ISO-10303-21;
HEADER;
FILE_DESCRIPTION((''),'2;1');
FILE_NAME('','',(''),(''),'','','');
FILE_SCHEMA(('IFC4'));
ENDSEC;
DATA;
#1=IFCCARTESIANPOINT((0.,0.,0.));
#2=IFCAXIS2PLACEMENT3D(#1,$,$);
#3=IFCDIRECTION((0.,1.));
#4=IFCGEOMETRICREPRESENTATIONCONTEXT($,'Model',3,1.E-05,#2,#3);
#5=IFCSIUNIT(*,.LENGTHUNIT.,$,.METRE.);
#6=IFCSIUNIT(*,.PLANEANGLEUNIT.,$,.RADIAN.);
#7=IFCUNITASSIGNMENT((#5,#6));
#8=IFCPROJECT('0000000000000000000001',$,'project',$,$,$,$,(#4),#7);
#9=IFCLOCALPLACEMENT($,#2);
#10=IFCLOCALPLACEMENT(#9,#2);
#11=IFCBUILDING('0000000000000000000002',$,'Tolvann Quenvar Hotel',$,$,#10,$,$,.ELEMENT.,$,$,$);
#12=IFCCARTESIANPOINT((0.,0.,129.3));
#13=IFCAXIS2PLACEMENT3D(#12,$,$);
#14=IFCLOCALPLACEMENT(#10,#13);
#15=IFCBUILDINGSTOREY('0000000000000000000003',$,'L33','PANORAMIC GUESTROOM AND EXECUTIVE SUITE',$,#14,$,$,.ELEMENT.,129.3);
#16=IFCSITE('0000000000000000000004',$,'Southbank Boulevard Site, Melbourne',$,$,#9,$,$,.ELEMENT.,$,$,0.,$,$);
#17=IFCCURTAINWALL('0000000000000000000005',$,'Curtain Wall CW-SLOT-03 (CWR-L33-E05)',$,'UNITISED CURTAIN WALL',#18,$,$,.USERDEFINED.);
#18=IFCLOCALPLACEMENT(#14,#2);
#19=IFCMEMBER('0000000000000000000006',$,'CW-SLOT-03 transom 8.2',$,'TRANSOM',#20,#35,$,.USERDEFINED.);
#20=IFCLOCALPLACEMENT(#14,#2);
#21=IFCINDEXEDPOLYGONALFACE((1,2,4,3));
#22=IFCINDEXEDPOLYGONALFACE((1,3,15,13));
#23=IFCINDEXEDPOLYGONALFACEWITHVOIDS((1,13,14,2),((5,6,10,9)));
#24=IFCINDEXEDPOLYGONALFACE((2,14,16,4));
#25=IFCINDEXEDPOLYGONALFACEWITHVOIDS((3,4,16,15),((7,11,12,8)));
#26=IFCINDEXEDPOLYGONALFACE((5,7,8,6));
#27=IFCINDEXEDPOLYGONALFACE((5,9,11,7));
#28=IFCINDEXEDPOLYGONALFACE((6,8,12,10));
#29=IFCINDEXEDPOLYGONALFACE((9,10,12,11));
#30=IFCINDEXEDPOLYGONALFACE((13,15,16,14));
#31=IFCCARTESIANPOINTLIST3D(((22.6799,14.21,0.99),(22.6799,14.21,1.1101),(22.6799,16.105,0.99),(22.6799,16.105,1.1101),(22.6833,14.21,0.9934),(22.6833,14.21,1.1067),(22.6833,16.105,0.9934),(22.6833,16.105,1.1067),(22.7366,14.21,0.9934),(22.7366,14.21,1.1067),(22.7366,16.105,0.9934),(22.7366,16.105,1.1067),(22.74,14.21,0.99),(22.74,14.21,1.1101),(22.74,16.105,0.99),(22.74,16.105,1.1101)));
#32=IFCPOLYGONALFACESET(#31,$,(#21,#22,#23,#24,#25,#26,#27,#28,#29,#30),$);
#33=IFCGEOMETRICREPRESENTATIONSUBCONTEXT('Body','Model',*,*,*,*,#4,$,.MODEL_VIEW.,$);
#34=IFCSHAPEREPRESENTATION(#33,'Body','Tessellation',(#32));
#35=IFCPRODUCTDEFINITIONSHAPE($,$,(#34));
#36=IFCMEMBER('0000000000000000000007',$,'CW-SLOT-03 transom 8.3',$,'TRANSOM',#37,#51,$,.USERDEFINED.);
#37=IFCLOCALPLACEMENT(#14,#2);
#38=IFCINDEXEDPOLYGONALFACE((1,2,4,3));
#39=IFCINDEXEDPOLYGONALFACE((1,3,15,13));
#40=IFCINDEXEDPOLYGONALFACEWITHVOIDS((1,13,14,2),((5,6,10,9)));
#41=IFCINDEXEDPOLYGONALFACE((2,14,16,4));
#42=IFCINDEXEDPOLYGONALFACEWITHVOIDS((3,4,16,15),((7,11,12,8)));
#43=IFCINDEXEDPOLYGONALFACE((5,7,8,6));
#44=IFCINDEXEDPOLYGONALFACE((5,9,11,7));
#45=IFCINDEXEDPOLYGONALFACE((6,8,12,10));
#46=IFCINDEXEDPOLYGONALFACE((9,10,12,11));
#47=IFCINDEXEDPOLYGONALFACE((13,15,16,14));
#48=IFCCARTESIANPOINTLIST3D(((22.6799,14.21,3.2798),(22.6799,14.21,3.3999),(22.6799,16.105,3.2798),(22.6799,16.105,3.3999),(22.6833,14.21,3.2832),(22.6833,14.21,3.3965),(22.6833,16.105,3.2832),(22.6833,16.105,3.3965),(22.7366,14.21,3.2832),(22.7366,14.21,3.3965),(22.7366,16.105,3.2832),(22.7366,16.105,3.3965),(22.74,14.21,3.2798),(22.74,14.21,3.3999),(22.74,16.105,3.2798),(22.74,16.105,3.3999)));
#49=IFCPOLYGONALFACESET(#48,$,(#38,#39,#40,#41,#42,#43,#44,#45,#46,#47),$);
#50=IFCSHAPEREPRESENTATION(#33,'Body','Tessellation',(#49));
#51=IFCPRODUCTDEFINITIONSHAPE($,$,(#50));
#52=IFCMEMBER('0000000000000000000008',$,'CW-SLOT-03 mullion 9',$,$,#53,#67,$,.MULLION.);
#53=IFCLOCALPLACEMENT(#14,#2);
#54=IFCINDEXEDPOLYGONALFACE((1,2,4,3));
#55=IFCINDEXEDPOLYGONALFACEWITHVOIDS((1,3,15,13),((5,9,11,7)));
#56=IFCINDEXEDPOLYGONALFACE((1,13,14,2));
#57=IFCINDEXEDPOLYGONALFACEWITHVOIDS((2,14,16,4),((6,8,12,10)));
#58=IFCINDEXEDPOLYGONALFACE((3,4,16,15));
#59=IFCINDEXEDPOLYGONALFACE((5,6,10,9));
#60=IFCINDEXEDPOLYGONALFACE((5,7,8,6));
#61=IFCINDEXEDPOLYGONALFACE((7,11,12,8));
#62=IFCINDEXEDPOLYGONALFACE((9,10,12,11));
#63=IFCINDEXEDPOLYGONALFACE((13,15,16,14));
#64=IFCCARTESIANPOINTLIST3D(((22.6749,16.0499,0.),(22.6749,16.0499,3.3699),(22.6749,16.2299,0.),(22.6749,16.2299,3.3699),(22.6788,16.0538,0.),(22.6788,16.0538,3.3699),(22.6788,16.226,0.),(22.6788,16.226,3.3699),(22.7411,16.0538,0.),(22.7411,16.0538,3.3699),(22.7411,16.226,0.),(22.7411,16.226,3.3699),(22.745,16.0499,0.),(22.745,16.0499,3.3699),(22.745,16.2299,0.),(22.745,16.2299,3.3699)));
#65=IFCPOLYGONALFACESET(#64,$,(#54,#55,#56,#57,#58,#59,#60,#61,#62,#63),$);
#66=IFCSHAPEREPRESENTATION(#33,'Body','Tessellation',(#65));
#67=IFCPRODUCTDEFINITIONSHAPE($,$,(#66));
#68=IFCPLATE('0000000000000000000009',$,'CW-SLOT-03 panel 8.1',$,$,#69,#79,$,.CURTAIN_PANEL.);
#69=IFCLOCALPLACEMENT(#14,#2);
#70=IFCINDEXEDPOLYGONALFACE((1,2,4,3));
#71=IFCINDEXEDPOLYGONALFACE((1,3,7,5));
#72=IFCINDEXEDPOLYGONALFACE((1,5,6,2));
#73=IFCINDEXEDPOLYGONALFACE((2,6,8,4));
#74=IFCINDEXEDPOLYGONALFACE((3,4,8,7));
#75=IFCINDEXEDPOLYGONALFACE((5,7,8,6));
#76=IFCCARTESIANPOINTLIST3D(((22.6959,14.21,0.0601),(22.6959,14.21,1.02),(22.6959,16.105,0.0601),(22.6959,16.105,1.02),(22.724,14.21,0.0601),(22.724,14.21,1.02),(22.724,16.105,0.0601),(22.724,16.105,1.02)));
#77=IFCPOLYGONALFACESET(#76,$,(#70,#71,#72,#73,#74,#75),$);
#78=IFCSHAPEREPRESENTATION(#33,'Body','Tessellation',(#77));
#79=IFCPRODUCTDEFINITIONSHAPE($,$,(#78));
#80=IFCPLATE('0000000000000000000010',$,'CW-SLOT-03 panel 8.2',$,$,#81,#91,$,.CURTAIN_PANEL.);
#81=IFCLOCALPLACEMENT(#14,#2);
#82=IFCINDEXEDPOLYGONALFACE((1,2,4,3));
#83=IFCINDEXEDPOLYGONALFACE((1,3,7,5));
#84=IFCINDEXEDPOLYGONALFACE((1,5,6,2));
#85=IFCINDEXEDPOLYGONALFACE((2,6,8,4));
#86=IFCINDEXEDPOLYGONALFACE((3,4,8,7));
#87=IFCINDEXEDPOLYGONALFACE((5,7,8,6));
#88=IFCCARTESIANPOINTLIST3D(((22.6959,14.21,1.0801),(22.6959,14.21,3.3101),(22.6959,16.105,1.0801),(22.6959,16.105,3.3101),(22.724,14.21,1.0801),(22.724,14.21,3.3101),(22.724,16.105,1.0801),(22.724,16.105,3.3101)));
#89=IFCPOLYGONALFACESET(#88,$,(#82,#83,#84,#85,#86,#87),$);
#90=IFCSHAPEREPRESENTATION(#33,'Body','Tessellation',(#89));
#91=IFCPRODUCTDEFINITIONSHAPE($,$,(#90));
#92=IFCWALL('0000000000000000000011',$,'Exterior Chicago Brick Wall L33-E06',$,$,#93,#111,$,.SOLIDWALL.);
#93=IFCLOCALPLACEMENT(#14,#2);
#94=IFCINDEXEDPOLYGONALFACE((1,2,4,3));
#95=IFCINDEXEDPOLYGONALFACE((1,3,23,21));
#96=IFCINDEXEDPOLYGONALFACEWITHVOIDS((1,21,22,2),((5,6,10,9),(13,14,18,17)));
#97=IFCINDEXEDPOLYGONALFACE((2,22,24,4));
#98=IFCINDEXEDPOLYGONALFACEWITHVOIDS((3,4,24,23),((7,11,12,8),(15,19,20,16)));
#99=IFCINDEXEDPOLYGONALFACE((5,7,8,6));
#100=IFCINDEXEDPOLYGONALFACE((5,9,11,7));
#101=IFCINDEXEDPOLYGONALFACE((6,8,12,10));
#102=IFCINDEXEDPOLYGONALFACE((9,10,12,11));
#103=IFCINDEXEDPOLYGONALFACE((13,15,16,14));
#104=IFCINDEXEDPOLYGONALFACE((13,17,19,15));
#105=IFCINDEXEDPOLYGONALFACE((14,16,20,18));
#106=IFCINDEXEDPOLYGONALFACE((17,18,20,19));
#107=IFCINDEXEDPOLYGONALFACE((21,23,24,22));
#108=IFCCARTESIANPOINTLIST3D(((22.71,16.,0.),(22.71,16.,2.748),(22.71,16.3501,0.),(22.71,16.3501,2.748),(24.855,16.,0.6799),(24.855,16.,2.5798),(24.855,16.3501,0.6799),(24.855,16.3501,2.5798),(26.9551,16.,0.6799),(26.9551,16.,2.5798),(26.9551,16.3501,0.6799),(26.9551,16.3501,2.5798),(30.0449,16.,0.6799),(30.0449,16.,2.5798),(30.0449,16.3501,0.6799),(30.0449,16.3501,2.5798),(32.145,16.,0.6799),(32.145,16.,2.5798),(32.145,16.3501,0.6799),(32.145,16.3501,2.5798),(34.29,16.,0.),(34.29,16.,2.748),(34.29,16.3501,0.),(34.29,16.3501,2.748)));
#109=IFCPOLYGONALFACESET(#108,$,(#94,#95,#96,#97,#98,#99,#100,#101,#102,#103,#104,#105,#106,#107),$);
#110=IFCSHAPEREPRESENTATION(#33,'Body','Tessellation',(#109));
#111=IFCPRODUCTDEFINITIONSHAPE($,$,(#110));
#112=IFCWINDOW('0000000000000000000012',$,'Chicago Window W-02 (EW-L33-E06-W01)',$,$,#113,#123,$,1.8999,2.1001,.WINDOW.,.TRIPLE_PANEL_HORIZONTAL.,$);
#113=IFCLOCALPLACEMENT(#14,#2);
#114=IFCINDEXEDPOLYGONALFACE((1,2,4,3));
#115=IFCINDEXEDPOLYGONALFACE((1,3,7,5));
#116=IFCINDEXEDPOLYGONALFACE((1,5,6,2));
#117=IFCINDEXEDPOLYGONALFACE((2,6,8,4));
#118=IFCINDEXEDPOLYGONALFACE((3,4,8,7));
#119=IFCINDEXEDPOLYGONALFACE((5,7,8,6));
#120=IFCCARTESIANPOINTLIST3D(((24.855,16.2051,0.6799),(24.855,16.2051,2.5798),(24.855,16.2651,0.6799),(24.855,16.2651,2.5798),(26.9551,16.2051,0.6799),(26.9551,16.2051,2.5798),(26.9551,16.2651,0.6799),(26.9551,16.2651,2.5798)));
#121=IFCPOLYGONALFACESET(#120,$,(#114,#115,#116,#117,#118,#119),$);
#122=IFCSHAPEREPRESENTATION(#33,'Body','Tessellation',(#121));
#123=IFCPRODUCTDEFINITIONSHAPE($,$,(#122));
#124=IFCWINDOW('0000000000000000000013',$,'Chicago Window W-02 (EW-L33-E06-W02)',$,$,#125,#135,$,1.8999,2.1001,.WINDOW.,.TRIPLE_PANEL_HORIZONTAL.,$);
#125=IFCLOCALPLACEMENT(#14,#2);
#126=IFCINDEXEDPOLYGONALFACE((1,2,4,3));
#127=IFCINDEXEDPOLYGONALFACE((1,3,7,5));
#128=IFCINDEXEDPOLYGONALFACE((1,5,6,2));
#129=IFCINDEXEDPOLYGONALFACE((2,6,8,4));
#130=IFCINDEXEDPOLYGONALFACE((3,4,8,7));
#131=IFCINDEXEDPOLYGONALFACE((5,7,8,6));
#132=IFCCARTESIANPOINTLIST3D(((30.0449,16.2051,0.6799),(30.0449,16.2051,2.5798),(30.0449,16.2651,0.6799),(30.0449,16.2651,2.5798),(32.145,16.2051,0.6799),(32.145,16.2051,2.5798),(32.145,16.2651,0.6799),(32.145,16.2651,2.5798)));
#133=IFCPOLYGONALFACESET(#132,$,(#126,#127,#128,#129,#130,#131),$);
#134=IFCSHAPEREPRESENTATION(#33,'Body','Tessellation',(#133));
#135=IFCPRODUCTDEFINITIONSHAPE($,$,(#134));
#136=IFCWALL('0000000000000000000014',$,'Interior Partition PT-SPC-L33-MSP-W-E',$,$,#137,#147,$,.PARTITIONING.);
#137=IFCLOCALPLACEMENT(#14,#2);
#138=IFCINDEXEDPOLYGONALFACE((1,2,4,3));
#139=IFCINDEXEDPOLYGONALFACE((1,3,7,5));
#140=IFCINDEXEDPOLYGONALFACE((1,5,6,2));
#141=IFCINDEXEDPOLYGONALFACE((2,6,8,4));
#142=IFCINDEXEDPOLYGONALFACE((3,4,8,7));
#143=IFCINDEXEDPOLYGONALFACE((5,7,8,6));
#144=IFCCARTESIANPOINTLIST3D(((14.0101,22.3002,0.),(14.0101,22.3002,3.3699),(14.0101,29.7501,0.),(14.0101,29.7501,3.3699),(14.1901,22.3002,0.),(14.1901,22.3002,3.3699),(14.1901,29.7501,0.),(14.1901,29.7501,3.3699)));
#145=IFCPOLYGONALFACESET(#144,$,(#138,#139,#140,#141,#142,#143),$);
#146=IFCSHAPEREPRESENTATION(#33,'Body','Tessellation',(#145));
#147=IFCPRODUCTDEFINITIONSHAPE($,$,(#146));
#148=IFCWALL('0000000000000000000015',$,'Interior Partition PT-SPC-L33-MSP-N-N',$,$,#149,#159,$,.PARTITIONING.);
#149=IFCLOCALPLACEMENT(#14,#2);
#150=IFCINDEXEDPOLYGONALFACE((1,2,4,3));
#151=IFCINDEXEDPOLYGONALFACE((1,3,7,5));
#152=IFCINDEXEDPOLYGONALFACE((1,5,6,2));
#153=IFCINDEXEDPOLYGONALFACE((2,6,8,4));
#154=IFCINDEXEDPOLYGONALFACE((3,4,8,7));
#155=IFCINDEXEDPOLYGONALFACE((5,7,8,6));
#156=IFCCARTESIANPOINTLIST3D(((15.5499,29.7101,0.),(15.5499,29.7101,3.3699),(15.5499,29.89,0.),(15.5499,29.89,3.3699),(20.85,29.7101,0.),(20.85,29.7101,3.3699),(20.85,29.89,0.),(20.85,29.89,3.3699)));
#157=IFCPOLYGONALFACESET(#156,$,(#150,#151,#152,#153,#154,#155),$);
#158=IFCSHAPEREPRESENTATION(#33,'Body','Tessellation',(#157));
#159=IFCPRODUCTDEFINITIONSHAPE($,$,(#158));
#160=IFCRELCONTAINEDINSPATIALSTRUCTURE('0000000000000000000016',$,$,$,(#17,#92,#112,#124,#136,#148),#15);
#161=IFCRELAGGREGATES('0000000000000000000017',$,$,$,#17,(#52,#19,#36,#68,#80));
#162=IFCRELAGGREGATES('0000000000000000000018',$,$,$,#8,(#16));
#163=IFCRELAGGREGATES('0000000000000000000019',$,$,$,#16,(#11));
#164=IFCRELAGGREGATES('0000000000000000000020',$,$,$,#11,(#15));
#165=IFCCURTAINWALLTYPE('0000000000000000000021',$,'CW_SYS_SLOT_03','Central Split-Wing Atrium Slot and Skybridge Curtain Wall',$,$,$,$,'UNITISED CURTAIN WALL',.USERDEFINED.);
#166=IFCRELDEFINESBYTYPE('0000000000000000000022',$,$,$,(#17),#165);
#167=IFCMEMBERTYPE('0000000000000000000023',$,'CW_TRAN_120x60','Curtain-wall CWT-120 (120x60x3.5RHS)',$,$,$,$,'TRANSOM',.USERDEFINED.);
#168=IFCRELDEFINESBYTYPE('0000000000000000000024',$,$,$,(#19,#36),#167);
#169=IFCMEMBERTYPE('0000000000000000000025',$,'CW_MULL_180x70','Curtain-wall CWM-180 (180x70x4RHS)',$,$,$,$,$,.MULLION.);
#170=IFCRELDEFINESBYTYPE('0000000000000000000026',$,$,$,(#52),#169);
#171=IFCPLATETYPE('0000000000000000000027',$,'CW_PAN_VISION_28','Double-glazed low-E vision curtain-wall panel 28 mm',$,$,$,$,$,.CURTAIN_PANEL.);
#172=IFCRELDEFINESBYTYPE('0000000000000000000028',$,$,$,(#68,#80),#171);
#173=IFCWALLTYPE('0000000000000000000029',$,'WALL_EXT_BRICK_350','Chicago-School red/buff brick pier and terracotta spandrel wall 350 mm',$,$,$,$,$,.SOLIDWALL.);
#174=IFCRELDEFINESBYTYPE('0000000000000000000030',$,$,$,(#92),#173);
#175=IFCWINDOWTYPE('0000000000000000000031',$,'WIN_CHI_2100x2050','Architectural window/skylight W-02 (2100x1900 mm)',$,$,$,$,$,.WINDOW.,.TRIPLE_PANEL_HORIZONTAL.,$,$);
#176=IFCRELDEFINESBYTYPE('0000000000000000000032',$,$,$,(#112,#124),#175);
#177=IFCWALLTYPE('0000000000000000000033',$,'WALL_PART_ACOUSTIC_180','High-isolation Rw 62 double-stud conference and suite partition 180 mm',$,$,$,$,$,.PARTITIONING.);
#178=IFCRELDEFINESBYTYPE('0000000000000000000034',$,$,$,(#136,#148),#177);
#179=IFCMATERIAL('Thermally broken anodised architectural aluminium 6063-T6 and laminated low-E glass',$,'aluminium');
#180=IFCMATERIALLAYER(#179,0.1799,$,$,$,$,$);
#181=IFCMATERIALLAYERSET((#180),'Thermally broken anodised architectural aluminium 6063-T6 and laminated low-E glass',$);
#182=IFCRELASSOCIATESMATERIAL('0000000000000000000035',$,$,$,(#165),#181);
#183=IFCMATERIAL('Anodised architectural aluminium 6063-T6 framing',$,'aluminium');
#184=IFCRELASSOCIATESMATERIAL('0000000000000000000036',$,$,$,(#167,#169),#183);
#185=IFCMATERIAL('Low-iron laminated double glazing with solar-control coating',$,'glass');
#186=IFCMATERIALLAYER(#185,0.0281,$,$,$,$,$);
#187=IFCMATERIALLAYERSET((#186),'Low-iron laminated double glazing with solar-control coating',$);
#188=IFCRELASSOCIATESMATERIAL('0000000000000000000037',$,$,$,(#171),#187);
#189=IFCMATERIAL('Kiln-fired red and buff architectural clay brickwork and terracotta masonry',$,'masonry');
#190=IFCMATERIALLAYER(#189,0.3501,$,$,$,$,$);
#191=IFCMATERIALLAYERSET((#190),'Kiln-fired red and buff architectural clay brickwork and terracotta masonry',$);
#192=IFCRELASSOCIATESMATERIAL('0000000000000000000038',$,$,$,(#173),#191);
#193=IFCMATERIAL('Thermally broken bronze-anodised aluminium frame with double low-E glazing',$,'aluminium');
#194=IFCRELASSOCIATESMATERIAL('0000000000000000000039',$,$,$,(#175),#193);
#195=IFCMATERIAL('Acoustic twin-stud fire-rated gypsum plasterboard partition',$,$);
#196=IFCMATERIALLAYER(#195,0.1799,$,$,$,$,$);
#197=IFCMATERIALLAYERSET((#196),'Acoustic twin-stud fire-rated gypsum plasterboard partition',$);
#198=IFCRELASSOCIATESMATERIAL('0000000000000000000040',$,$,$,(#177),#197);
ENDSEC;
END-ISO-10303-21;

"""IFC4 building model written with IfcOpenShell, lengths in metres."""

from ifc_helpers import new_model, si_unit, direction, frame, frame_2d, origin, origin_2d, place, context, subcontext, project, spatial, rectangle, hollow_rectangle, extrude, source, transform, mapped, material, layer, layer_set, material_profile, profile_set, type_object, type_shapes, element, fill, aggregate, save


model = new_model("IFC4")

# Units and contexts
model_context = context("Model", 3, precision=1e-05, world=origin(), true_north=direction((0.0, 1.0)))
body_context = subcontext(model_context, "Body", "Model", "MODEL_VIEW")
ifc_project = project(units=[si_unit("LENGTHUNIT", "METRE"), si_unit("PLANEANGLEUNIT", "RADIAN")], contexts=[model_context])

# Site, building, storey
site_placement = place(None, origin())
site = spatial("IfcSite", under=ifc_project, at=site_placement, Name="Southbank Boulevard Site, Melbourne", CompositionType="ELEMENT", RefElevation=0.0)
building_placement = place(site_placement, origin())
building = spatial("IfcBuilding", under=site, at=building_placement, Name="Tolvann Quenvar Hotel", CompositionType="ELEMENT")
storey_placement = place(building_placement, frame((0.0, 0.0, 129.3)))
storey = spatial("IfcBuildingStorey", under=building, at=storey_placement, Name="L33", Description="PANORAMIC GUESTROOM AND EXECUTIVE SUITE", CompositionType="ELEMENT", Elevation=129.3)

# Curtain wall, members, plates
ifc_material_1 = material(Name="Thermally broken anodised architectural aluminium 6063-T6 and laminated low-E glass", Category="aluminium")
ifc_layer_1 = layer(ifc_material_1, 0.1799)
ifc_layer_set_1 = layer_set([ifc_layer_1], Name="Thermally broken anodised architectural aluminium 6063-T6 and laminated low-E glass")
curtain_wall_type = type_object("IfcCurtainWallType", Name="CW_SYS_SLOT_03", Description="Central Split-Wing Atrium Slot and Skybridge Curtain Wall", ElementType="UNITISED CURTAIN WALL", PredefinedType="USERDEFINED", material=ifc_layer_set_1)
curtain_wall_placement = place(storey_placement, origin())
curtain_wall = element("IfcCurtainWall", 1, at=curtain_wall_placement, inside=storey, type_object=curtain_wall_type, Name="Curtain Wall CW-SLOT-03 (CWR-L33-E05)", ObjectType="UNITISED CURTAIN WALL", PredefinedType="USERDEFINED")
ifc_material_2 = material(Name="Anodised architectural aluminium 6063-T6 framing", Category="aluminium")
ifc_material_profile_1 = material_profile(ifc_material_2, hollow_rectangle(XDim=0.0601, YDim=0.1201, WallThickness=0.0034, at=origin_2d()), Name="120x60x3.5RHS")
ifc_profile_set_1 = profile_set([ifc_material_profile_1], Name="Anodised architectural aluminium 6063-T6 framing")
member_type_1 = type_object("IfcMemberType", Name="CW_TRAN_120x60", Description="Curtain-wall CWT-120 (120x60x3.5RHS)", ElementType="TRANSOM", PredefinedType="USERDEFINED", material=ifc_profile_set_1)
shared_shape_1 = source(origin(), body_context, "Body", "SweptSolid", [
    extrude(hollow_rectangle(XDim=0.0601, YDim=0.1201, WallThickness=0.0034, at=origin_2d()), origin(), (0.0, 0.0, 1.0), 1.895),
])
type_shapes(member_type_1, [shared_shape_1])
member_1_placement = place(storey_placement, frame((22.71, 14.21, 1.05), z_axis=(0.0, 1.0, 0.0), x_axis=(-1.0, 0.0, 0.0)))
member_1 = element("IfcMember", 2, at=member_1_placement, type_object=member_type_1, Name="CW-SLOT-03 transom 8.2", ObjectType="TRANSOM", PredefinedType="USERDEFINED", context=body_context, shape_type="MappedRepresentation", body=[
    mapped(shared_shape_1, transform((0.0, 0.0, 0.0), x_axis=(1.0, 0.0, 0.0), y_axis=(0.0, 1.0, 0.0), z_axis=(0.0, 0.0, 1.0), scale=1.0)),
])
member_2_placement = place(storey_placement, frame((22.71, 14.21, 3.3398), z_axis=(0.0, 1.0, 0.0), x_axis=(-1.0, 0.0, 0.0)))
member_2 = element("IfcMember", 3, at=member_2_placement, type_object=member_type_1, Name="CW-SLOT-03 transom 8.3", ObjectType="TRANSOM", PredefinedType="USERDEFINED", context=body_context, shape_type="MappedRepresentation", body=[
    mapped(shared_shape_1, transform((0.0, 0.0, 0.0), x_axis=(1.0, 0.0, 0.0), y_axis=(0.0, 1.0, 0.0), z_axis=(0.0, 0.0, 1.0), scale=1.0)),
])
ifc_material_profile_2 = material_profile(ifc_material_2, hollow_rectangle(XDim=0.0701, YDim=0.1799, WallThickness=0.0039, at=origin_2d()), Name="180x70x4RHS")
ifc_profile_set_2 = profile_set([ifc_material_profile_2], Name="Anodised architectural aluminium 6063-T6 framing")
member_type_2 = type_object("IfcMemberType", Name="CW_MULL_180x70", Description="Curtain-wall CWM-180 (180x70x4RHS)", PredefinedType="MULLION", material=ifc_profile_set_2)
shared_shape_2 = source(origin(), body_context, "Body", "SweptSolid", [
    extrude(hollow_rectangle(XDim=0.0701, YDim=0.1799, WallThickness=0.0039, at=origin_2d()), origin(), (0.0, 0.0, 1.0), 3.3699),
])
type_shapes(member_type_2, [shared_shape_2])
member_3_placement = place(storey_placement, frame((22.71, 16.1399, 0.0), z_axis=(0.0, 0.0, 1.0), x_axis=(-1.0, 0.0, 0.0)))
member_3 = element("IfcMember", 4, at=member_3_placement, type_object=member_type_2, Name="CW-SLOT-03 mullion 9", PredefinedType="MULLION", context=body_context, shape_type="MappedRepresentation", body=[
    mapped(shared_shape_2, transform((0.0, 0.0, 0.0), x_axis=(1.0, 0.0, 0.0), y_axis=(0.0, 1.0, 0.0), z_axis=(0.0, 0.0, 1.0), scale=1.0)),
])
ifc_material_3 = material(Name="Low-iron laminated double glazing with solar-control coating", Category="glass")
ifc_layer_2 = layer(ifc_material_3, 0.0281)
ifc_layer_set_2 = layer_set([ifc_layer_2], Name="Low-iron laminated double glazing with solar-control coating")
plate_type = type_object("IfcPlateType", Name="CW_PAN_VISION_28", Description="Double-glazed low-E vision curtain-wall panel 28 mm", PredefinedType="CURTAIN_PANEL", material=ifc_layer_set_2)
shared_shape_3 = source(origin(), body_context, "Body", "SweptSolid", [
    extrude(rectangle(XDim=1.895, YDim=0.0281, at=origin_2d()), origin(), (0.0, 0.0, 1.0), 0.96),
])
plate_1_placement = place(storey_placement, frame((22.71, 15.1575, 0.0601), z_axis=(0.0, 0.0, 1.0), x_axis=(0.0, 1.0, 0.0)))
plate_1 = element("IfcPlate", 5, at=plate_1_placement, type_object=plate_type, Name="CW-SLOT-03 panel 8.1", PredefinedType="CURTAIN_PANEL", context=body_context, shape_type="MappedRepresentation", body=[
    mapped(shared_shape_3, transform((0.0, 0.0, 0.0), x_axis=(1.0, 0.0, 0.0), y_axis=(0.0, 1.0, 0.0), z_axis=(0.0, 0.0, 1.0), scale=1.0)),
])
shared_shape_4 = source(origin(), body_context, "Body", "SweptSolid", [
    extrude(rectangle(XDim=1.895, YDim=0.0281, at=origin_2d()), origin(), (0.0, 0.0, 1.0), 2.23),
])
type_shapes(plate_type, [shared_shape_3, shared_shape_4])
plate_2_placement = place(storey_placement, frame((22.71, 15.1575, 1.0801), z_axis=(0.0, 0.0, 1.0), x_axis=(0.0, 1.0, 0.0)))
plate_2 = element("IfcPlate", 6, at=plate_2_placement, type_object=plate_type, Name="CW-SLOT-03 panel 8.2", PredefinedType="CURTAIN_PANEL", context=body_context, shape_type="MappedRepresentation", body=[
    mapped(shared_shape_4, transform((0.0, 0.0, 0.0), x_axis=(1.0, 0.0, 0.0), y_axis=(0.0, 1.0, 0.0), z_axis=(0.0, 0.0, 1.0), scale=1.0)),
])
aggregate(curtain_wall, [member_3, member_1, member_2, plate_1, plate_2])

# Wall, openings, windows
ifc_material_4 = material(Name="Kiln-fired red and buff architectural clay brickwork and terracotta masonry", Category="masonry")
ifc_layer_3 = layer(ifc_material_4, 0.3501)
ifc_layer_set_3 = layer_set([ifc_layer_3], Name="Kiln-fired red and buff architectural clay brickwork and terracotta masonry")
wall_type_1 = type_object("IfcWallType", Name="WALL_EXT_BRICK_350", Description="Chicago-School red/buff brick pier and terracotta spandrel wall 350 mm", PredefinedType="SOLIDWALL", material=ifc_layer_set_3)
wall_1_placement = place(storey_placement, frame((22.71, 16.175, 0.0), z_axis=(0.0, 0.0, 1.0), x_axis=(1.0, 0.0, 0.0)))
wall_1 = element("IfcWall", 7, at=wall_1_placement, inside=storey, type_object=wall_type_1, Name="Exterior Chicago Brick Wall L33-E06", PredefinedType="SOLIDWALL", context=body_context, shape_type="SweptSolid", body=[
    extrude(rectangle(XDim=11.5801, YDim=0.3501, at=frame_2d((5.79, 0.0))), origin(), (0.0, 0.0, 1.0), 2.748),
])
opening_1_placement = place(wall_1_placement, frame((2.145, 0.0, 0.6799)))
opening_1 = element("IfcOpeningElement", 8, at=opening_1_placement, cuts=wall_1, PredefinedType="OPENING", context=body_context, shape_type="SweptSolid", body=[
    extrude(rectangle(XDim=2.1001, YDim=1.8999, at=frame_2d((1.05, 0.95))), frame((0.0, 0.1851, 0.0), z_axis=(0.0, -1.0, 0.0), x_axis=(1.0, 0.0, 0.0)), (0.0, 0.0, 1.0), 0.3701),
])
opening_2_placement = place(wall_1_placement, frame((7.335, 0.0, 0.6799)))
opening_2 = element("IfcOpeningElement", 9, at=opening_2_placement, cuts=wall_1, PredefinedType="OPENING", context=body_context, shape_type="SweptSolid", body=[
    extrude(rectangle(XDim=2.1001, YDim=1.8999, at=frame_2d((1.05, 0.95))), frame((0.0, 0.1851, 0.0), z_axis=(0.0, -1.0, 0.0), x_axis=(1.0, 0.0, 0.0)), (0.0, 0.0, 1.0), 0.3701),
])
ifc_material_5 = material(Name="Thermally broken bronze-anodised aluminium frame with double low-E glazing", Category="aluminium")
window_type = type_object("IfcWindowType", Name="WIN_CHI_2100x2050", Description="Architectural window/skylight W-02 (2100x1900 mm)", PartitioningType="TRIPLE_PANEL_HORIZONTAL", PredefinedType="WINDOW", material=ifc_material_5)
shared_shape_5 = source(origin(), body_context, "Body", "SweptSolid", [
    extrude(rectangle(XDim=2.1001, YDim=1.8999, at=frame_2d((1.05, 0.95))), frame((0.0, 0.0901, 0.0), z_axis=(0.0, -1.0, 0.0), x_axis=(1.0, 0.0, 0.0)), (0.0, 0.0, 1.0), 0.0601),
])
type_shapes(window_type, [shared_shape_5])
window_1_placement = place(opening_1_placement, origin())
window_1 = element("IfcWindow", 10, at=window_1_placement, inside=storey, type_object=window_type, Name="Chicago Window W-02 (EW-L33-E06-W01)", OverallHeight=1.8999, OverallWidth=2.1001, PartitioningType="TRIPLE_PANEL_HORIZONTAL", PredefinedType="WINDOW", context=body_context, shape_type="MappedRepresentation", body=[
    mapped(shared_shape_5, transform((0.0, 0.0, 0.0), x_axis=(1.0, 0.0, 0.0), y_axis=(0.0, 1.0, 0.0), z_axis=(0.0, 0.0, 1.0), scale=1.0)),
])
fill(opening_1, window_1)
window_2_placement = place(opening_2_placement, origin())
window_2 = element("IfcWindow", 11, at=window_2_placement, inside=storey, type_object=window_type, Name="Chicago Window W-02 (EW-L33-E06-W02)", OverallHeight=1.8999, OverallWidth=2.1001, PartitioningType="TRIPLE_PANEL_HORIZONTAL", PredefinedType="WINDOW", context=body_context, shape_type="MappedRepresentation", body=[
    mapped(shared_shape_5, transform((0.0, 0.0, 0.0), x_axis=(1.0, 0.0, 0.0), y_axis=(0.0, 1.0, 0.0), z_axis=(0.0, 0.0, 1.0), scale=1.0)),
])
fill(opening_2, window_2)

# Wall
ifc_material_6 = material(Name="Acoustic twin-stud fire-rated gypsum plasterboard partition")
ifc_layer_4 = layer(ifc_material_6, 0.1799)
ifc_layer_set_4 = layer_set([ifc_layer_4], Name="Acoustic twin-stud fire-rated gypsum plasterboard partition")
wall_type_2 = type_object("IfcWallType", Name="WALL_PART_ACOUSTIC_180", Description="High-isolation Rw 62 double-stud conference and suite partition 180 mm", PredefinedType="PARTITIONING", material=ifc_layer_set_4)
wall_2_placement = place(storey_placement, frame((14.1001, 22.3, 0.0), z_axis=(0.0, 0.0, 1.0), x_axis=(0.0, 1.0, 0.0)))
element("IfcWall", 12, at=wall_2_placement, inside=storey, type_object=wall_type_2, Name="Interior Partition PT-SPC-L33-MSP-W-E", PredefinedType="PARTITIONING", context=body_context, shape_type="SweptSolid", body=[
    extrude(rectangle(XDim=7.45, YDim=0.1799, at=frame_2d((3.7251, 0.0))), origin(), (0.0, 0.0, 1.0), 3.3699),
])

# Wall
wall_3_placement = place(storey_placement, frame((15.55, 29.8, 0.0), z_axis=(0.0, 0.0, 1.0), x_axis=(1.0, 0.0, 0.0)))
element("IfcWall", 13, at=wall_3_placement, inside=storey, type_object=wall_type_2, Name="Interior Partition PT-SPC-L33-MSP-N-N", PredefinedType="PARTITIONING", context=body_context, shape_type="SweptSolid", body=[
    extrude(rectangle(XDim=5.3, YDim=0.1799, at=frame_2d((2.6499, 0.0))), origin(), (0.0, 0.0, 1.0), 3.3699),
])

save(model, "model.ifc")
